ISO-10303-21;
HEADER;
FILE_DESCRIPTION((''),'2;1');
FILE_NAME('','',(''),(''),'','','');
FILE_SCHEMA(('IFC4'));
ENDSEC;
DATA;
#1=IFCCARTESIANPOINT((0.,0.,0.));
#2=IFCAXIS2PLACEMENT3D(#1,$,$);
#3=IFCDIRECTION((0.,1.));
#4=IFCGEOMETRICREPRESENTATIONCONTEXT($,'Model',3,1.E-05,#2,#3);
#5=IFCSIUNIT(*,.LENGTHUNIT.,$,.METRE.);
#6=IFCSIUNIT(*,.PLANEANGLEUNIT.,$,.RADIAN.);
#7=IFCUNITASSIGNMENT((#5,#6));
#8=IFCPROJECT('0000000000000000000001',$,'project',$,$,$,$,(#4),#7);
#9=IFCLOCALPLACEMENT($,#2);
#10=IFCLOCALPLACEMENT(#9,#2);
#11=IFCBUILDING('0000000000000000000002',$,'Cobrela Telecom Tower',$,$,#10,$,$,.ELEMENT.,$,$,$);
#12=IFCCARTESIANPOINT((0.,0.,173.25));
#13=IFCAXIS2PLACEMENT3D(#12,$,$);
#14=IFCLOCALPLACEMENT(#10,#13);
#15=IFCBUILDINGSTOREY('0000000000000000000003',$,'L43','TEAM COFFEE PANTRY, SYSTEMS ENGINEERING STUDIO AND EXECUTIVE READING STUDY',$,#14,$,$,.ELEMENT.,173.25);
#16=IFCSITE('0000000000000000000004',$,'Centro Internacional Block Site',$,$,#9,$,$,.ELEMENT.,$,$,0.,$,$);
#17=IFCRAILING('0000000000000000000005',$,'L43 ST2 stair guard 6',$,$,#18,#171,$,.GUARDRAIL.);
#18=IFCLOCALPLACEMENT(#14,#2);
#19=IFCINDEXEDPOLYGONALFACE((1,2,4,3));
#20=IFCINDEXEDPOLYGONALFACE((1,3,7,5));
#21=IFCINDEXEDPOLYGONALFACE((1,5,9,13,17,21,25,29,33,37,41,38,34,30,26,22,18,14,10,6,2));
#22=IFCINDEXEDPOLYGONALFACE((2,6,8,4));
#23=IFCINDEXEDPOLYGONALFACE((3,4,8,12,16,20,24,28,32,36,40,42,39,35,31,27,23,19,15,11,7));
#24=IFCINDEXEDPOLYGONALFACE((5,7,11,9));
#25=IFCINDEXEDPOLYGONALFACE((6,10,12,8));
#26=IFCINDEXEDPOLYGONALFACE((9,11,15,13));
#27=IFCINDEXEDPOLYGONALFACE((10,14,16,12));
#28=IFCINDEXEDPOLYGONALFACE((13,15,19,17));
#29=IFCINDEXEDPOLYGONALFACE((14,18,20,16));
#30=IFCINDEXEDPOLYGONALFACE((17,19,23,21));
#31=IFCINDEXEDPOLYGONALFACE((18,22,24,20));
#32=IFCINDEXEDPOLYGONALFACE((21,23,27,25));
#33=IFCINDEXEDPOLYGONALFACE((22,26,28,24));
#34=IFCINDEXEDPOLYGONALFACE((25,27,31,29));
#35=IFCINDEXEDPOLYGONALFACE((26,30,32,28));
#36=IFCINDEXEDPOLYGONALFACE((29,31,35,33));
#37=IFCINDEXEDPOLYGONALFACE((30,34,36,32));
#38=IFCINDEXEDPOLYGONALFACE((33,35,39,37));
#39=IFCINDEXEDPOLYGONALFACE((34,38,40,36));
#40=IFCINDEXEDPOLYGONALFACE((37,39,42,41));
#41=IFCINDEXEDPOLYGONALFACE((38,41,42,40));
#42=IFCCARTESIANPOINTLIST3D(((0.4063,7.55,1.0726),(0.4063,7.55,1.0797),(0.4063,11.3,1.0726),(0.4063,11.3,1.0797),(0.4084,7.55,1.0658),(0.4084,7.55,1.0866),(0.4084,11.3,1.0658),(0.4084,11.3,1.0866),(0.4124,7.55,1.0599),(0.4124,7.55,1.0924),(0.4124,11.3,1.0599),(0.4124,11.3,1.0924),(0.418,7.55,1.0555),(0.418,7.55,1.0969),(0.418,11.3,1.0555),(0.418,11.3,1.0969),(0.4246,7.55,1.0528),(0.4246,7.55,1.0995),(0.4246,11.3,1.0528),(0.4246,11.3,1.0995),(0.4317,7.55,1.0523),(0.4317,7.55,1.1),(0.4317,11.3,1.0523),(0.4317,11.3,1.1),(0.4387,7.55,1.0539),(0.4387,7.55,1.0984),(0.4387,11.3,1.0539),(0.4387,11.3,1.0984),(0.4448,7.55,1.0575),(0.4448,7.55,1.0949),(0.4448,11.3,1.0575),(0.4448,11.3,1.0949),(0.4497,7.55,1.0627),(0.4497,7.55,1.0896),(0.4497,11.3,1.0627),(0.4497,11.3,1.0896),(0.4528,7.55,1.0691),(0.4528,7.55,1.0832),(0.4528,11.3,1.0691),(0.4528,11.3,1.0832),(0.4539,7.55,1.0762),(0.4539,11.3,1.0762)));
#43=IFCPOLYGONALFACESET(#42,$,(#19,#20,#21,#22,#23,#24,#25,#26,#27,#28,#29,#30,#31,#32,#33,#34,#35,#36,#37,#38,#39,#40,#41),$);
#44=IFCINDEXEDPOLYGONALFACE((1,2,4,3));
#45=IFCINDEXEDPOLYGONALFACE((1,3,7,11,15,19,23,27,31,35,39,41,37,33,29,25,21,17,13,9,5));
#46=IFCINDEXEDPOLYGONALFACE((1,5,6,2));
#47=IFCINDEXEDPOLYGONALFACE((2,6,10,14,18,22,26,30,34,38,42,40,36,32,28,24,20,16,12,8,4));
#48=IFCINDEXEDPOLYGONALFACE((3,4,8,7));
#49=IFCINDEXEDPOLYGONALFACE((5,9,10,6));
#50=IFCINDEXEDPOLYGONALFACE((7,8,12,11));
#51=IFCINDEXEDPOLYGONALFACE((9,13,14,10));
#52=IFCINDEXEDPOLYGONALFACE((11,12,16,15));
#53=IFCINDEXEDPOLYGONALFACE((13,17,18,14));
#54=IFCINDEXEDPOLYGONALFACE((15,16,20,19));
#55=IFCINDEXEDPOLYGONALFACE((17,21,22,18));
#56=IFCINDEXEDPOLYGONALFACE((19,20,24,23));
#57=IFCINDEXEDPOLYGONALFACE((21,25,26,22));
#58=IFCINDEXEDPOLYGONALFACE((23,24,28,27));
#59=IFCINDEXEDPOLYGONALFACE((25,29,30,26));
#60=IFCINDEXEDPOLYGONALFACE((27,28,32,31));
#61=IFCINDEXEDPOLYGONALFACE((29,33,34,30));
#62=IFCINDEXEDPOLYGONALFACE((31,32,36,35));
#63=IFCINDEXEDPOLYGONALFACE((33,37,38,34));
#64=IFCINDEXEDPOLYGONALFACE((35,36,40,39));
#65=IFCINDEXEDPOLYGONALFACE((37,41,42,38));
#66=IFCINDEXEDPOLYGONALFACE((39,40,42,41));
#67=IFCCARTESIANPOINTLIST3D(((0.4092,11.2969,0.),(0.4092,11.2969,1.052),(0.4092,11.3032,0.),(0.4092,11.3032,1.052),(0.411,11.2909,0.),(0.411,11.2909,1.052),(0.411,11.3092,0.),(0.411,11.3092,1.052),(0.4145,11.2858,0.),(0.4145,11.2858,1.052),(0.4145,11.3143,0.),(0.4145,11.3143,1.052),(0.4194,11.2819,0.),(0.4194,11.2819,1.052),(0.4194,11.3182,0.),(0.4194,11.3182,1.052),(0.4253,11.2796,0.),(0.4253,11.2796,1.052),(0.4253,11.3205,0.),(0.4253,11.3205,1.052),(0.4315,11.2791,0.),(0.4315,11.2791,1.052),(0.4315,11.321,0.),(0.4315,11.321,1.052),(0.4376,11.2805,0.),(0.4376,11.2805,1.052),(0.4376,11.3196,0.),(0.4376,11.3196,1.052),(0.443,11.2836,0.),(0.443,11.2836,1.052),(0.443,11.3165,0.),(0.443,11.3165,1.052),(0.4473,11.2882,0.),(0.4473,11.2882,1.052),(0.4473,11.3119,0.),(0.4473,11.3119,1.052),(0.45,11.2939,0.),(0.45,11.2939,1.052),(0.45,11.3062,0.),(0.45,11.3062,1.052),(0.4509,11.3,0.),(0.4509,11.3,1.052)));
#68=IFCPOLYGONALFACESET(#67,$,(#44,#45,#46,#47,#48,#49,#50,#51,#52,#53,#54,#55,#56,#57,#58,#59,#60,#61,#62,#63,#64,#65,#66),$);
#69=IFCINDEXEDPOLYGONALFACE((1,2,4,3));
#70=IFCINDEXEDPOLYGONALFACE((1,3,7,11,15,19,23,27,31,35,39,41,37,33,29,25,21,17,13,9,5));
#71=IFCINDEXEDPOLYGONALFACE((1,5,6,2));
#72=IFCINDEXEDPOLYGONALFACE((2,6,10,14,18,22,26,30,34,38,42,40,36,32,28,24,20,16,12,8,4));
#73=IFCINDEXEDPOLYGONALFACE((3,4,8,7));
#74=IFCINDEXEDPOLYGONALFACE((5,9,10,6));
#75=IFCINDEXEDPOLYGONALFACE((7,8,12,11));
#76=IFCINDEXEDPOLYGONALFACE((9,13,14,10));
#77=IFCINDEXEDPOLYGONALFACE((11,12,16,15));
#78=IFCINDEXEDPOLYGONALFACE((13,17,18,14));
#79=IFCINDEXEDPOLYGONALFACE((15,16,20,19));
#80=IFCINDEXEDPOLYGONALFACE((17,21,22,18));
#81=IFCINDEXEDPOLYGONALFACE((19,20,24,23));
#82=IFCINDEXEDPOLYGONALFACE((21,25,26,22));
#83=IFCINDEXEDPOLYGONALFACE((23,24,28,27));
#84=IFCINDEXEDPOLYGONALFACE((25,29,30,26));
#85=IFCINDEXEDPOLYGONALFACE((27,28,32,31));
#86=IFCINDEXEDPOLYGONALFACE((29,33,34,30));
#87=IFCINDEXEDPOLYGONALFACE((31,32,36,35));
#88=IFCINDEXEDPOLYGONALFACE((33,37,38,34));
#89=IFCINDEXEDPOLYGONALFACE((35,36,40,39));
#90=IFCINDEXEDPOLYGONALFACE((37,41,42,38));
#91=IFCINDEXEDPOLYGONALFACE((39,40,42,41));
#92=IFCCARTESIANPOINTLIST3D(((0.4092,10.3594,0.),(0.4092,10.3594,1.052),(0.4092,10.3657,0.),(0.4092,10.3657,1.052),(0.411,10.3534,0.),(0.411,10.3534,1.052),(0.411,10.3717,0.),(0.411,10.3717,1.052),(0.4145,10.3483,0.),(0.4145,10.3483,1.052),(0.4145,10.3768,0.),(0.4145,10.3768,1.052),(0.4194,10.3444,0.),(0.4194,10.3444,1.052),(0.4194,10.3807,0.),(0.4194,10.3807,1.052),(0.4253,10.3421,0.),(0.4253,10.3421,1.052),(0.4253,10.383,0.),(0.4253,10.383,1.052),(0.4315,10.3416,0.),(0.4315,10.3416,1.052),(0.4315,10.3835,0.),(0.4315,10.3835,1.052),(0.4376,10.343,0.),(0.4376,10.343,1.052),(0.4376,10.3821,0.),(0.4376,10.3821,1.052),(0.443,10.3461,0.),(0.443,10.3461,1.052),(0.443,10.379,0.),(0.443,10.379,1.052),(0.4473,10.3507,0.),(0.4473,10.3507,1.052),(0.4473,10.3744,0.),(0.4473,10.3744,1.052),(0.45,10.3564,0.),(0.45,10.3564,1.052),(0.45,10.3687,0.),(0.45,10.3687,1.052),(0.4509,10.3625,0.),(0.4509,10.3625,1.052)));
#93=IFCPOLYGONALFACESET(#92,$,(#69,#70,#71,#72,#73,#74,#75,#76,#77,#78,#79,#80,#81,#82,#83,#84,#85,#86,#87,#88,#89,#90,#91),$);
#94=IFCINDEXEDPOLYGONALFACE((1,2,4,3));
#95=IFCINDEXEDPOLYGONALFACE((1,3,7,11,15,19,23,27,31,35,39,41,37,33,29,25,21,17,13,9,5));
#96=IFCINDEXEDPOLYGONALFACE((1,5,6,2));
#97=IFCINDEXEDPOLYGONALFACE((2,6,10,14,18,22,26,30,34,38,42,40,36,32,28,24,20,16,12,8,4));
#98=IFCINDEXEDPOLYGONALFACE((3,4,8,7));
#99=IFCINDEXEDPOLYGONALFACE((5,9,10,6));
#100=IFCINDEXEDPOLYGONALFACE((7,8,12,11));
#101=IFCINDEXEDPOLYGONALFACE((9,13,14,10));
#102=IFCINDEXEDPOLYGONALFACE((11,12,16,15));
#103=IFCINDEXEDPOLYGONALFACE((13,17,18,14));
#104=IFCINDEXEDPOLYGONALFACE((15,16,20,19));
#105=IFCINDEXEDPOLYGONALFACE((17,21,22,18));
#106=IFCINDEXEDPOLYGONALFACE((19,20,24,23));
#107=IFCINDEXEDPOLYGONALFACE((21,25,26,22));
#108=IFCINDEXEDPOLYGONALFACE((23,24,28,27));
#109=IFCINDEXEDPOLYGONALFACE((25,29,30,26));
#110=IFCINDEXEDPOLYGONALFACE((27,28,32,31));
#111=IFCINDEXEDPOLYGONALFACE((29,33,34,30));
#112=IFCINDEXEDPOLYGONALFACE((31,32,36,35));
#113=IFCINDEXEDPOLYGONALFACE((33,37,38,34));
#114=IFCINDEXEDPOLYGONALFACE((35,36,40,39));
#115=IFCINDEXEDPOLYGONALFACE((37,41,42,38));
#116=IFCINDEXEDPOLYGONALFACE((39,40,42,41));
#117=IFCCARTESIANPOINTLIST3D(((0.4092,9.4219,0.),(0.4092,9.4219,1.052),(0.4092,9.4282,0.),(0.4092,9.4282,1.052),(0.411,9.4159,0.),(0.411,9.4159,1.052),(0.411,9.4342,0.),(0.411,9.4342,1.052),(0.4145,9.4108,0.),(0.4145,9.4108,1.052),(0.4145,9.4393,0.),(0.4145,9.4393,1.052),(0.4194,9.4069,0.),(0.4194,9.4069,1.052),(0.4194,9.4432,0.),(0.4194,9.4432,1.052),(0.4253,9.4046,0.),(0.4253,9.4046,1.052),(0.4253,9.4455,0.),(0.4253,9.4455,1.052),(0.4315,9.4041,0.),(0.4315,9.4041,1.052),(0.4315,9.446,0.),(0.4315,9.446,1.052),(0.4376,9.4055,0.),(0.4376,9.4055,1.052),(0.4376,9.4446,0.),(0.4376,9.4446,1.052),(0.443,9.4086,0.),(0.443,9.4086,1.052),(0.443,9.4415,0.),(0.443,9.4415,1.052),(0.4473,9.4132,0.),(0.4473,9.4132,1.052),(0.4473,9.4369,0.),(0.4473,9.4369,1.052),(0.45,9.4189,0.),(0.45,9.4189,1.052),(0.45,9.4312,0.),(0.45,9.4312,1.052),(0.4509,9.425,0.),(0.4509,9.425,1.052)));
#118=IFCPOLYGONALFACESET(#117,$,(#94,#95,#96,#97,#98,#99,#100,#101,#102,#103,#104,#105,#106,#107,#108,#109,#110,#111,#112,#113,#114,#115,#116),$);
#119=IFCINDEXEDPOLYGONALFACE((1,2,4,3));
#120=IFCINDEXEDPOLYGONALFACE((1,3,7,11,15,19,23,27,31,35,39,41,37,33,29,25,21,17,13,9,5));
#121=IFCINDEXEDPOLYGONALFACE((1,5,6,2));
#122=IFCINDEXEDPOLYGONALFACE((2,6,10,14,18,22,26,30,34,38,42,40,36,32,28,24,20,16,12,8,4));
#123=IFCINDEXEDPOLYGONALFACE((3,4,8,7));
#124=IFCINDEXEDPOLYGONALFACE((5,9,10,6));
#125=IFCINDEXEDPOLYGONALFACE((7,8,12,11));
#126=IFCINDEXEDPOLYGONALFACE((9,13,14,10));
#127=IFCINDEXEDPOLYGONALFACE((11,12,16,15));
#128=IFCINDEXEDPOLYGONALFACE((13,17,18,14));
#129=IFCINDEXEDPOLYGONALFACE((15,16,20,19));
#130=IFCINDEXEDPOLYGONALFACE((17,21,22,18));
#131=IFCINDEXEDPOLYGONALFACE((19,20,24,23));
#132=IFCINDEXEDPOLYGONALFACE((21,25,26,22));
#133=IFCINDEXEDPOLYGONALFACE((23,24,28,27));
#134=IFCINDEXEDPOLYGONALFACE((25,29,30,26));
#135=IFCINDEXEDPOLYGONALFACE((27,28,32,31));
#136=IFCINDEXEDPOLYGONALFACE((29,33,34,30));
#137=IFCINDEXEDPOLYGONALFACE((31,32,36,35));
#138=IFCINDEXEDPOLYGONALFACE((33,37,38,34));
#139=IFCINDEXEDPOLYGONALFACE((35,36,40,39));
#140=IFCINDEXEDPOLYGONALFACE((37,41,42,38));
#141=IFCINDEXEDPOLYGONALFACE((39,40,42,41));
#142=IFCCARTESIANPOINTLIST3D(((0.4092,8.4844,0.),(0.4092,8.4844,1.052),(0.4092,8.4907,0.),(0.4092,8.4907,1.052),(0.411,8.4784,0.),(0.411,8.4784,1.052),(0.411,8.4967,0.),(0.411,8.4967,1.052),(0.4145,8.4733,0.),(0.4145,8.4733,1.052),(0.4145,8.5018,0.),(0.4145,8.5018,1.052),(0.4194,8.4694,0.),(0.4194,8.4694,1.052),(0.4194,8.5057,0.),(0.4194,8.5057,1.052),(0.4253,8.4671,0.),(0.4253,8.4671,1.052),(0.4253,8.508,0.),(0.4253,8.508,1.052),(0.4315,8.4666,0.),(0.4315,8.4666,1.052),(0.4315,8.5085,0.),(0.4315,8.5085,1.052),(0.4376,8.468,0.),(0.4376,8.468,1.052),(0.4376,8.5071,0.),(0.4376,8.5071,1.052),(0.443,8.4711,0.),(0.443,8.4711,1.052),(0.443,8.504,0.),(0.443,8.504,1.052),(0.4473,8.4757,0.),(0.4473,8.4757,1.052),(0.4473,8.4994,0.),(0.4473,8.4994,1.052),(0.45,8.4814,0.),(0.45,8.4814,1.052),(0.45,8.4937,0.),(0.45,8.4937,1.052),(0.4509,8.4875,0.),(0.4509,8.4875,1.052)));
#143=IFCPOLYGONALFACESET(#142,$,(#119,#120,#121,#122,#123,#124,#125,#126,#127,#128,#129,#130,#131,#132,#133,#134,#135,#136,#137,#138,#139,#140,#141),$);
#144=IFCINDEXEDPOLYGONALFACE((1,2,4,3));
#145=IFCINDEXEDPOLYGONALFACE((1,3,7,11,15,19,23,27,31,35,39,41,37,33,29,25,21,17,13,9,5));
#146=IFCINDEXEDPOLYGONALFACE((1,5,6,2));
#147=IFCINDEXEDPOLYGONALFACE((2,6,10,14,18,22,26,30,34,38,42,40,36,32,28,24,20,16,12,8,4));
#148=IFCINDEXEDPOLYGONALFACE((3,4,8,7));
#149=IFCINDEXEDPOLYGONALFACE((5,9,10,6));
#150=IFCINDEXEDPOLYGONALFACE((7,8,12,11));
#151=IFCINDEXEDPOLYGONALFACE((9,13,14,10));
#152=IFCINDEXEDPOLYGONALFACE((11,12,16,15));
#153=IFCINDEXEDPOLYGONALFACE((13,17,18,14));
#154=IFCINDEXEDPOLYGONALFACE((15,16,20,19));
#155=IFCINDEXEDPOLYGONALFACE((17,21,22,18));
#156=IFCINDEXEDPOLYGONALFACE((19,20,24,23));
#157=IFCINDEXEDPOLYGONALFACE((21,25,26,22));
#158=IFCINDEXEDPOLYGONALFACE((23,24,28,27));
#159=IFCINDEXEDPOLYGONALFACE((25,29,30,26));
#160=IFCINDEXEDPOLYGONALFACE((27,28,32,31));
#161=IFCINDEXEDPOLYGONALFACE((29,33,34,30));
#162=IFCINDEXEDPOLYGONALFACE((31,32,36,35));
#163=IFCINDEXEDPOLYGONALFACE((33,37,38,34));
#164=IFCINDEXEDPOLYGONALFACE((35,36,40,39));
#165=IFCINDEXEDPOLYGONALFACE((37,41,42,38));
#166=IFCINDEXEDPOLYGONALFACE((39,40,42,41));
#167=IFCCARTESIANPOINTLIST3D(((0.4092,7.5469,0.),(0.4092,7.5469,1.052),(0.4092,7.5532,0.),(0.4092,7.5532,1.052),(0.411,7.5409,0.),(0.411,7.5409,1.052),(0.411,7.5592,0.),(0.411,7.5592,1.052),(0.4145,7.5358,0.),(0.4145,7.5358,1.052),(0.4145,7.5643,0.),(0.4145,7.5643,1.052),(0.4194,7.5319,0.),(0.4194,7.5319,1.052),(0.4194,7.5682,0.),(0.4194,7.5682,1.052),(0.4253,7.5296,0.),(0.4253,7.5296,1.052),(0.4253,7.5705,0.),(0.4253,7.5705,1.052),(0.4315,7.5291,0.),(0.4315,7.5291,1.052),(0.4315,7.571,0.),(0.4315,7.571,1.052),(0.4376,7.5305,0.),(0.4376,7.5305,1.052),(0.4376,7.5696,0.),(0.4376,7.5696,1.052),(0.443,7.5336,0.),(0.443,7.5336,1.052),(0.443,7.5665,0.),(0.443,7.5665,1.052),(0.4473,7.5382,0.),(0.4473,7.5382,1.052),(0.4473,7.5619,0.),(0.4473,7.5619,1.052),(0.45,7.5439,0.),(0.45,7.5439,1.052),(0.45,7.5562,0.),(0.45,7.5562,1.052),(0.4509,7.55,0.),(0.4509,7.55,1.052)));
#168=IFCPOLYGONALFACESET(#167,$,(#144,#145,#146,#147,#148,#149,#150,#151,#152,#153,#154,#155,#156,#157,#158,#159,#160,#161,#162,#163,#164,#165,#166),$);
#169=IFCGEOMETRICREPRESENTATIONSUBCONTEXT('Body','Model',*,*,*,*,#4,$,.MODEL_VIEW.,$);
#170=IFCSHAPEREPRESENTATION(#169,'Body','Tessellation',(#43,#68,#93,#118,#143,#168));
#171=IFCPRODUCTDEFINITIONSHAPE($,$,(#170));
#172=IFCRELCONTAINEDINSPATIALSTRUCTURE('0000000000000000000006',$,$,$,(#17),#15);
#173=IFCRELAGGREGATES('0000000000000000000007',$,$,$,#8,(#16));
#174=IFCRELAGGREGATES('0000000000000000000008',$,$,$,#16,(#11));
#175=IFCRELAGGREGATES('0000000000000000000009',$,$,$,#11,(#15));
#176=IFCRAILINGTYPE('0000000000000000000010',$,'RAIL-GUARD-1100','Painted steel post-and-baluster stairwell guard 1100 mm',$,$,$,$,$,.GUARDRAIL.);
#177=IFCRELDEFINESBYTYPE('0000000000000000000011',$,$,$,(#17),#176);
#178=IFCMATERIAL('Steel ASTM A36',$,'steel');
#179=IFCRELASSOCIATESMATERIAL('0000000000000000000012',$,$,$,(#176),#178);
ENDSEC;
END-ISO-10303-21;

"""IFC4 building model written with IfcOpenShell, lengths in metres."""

from ifc_helpers import new_model, si_unit, direction, frame, origin, origin_2d, place, context, subcontext, project, spatial, circle, extrude, material, type_object, element, save


model = new_model("IFC4")

# Units and contexts
model_context = context("Model", 3, precision=1e-05, world=origin(), true_north=direction((0.0, 1.0)))
body_context = subcontext(model_context, "Body", "Model", "MODEL_VIEW")
ifc_project = project(units=[si_unit("LENGTHUNIT", "METRE"), si_unit("PLANEANGLEUNIT", "RADIAN")], contexts=[model_context])

# Site, building, storey
site_placement = place(None, origin())
site = spatial("IfcSite", under=ifc_project, at=site_placement, Name="Centro Internacional Block Site", CompositionType="ELEMENT", RefElevation=0.0)
building_placement = place(site_placement, origin())
building = spatial("IfcBuilding", under=site, at=building_placement, Name="Cobrela Telecom Tower", CompositionType="ELEMENT")
storey_placement = place(building_placement, frame((0.0, 0.0, 173.25)))
storey = spatial("IfcBuildingStorey", under=building, at=storey_placement, Name="L43", Description="TEAM COFFEE PANTRY, SYSTEMS ENGINEERING STUDIO AND EXECUTIVE READING STUDY", CompositionType="ELEMENT", Elevation=173.25)

# Shared definitions
ifc_material_1 = material(Name="Steel ASTM A36", Category="steel")

# Railing
railing_type = type_object("IfcRailingType", Name="RAIL-GUARD-1100", Description="Painted steel post-and-baluster stairwell guard 1100 mm", PredefinedType="GUARDRAIL", material=ifc_material_1)
railing_1_placement = place(storey_placement, frame((0.4299, 11.3, 0.0)))
element("IfcRailing", 1, at=railing_1_placement, inside=storey, type_object=railing_type, Name="L43 ST2 stair guard 6", PredefinedType="GUARDRAIL", context=body_context, shape_type="SweptSolid", body=[
    extrude(circle(Radius=0.0239, at=origin_2d()), frame((0.0, 0.0, 1.0762), z_axis=(0.0, -1.0, 0.0), x_axis=(1.0, 0.0, 0.0)), (0.0, 0.0, 1.0), 3.75),
    extrude(circle(Radius=0.021, at=origin_2d()), origin(), (0.0, 0.0, 1.0), 1.052),
    extrude(circle(Radius=0.021, at=origin_2d()), frame((0.0, -0.9375, 0.0)), (0.0, 0.0, 1.0), 1.052),
    extrude(circle(Radius=0.021, at=origin_2d()), frame((0.0, -1.875, 0.0)), (0.0, 0.0, 1.0), 1.052),
    extrude(circle(Radius=0.021, at=origin_2d()), frame((0.0, -2.8125, 0.0)), (0.0, 0.0, 1.0), 1.052),
    extrude(circle(Radius=0.021, at=origin_2d()), frame((0.0, -3.75, 0.0)), (0.0, 0.0, 1.0), 1.052),
])

save(model, "model.ifc")
